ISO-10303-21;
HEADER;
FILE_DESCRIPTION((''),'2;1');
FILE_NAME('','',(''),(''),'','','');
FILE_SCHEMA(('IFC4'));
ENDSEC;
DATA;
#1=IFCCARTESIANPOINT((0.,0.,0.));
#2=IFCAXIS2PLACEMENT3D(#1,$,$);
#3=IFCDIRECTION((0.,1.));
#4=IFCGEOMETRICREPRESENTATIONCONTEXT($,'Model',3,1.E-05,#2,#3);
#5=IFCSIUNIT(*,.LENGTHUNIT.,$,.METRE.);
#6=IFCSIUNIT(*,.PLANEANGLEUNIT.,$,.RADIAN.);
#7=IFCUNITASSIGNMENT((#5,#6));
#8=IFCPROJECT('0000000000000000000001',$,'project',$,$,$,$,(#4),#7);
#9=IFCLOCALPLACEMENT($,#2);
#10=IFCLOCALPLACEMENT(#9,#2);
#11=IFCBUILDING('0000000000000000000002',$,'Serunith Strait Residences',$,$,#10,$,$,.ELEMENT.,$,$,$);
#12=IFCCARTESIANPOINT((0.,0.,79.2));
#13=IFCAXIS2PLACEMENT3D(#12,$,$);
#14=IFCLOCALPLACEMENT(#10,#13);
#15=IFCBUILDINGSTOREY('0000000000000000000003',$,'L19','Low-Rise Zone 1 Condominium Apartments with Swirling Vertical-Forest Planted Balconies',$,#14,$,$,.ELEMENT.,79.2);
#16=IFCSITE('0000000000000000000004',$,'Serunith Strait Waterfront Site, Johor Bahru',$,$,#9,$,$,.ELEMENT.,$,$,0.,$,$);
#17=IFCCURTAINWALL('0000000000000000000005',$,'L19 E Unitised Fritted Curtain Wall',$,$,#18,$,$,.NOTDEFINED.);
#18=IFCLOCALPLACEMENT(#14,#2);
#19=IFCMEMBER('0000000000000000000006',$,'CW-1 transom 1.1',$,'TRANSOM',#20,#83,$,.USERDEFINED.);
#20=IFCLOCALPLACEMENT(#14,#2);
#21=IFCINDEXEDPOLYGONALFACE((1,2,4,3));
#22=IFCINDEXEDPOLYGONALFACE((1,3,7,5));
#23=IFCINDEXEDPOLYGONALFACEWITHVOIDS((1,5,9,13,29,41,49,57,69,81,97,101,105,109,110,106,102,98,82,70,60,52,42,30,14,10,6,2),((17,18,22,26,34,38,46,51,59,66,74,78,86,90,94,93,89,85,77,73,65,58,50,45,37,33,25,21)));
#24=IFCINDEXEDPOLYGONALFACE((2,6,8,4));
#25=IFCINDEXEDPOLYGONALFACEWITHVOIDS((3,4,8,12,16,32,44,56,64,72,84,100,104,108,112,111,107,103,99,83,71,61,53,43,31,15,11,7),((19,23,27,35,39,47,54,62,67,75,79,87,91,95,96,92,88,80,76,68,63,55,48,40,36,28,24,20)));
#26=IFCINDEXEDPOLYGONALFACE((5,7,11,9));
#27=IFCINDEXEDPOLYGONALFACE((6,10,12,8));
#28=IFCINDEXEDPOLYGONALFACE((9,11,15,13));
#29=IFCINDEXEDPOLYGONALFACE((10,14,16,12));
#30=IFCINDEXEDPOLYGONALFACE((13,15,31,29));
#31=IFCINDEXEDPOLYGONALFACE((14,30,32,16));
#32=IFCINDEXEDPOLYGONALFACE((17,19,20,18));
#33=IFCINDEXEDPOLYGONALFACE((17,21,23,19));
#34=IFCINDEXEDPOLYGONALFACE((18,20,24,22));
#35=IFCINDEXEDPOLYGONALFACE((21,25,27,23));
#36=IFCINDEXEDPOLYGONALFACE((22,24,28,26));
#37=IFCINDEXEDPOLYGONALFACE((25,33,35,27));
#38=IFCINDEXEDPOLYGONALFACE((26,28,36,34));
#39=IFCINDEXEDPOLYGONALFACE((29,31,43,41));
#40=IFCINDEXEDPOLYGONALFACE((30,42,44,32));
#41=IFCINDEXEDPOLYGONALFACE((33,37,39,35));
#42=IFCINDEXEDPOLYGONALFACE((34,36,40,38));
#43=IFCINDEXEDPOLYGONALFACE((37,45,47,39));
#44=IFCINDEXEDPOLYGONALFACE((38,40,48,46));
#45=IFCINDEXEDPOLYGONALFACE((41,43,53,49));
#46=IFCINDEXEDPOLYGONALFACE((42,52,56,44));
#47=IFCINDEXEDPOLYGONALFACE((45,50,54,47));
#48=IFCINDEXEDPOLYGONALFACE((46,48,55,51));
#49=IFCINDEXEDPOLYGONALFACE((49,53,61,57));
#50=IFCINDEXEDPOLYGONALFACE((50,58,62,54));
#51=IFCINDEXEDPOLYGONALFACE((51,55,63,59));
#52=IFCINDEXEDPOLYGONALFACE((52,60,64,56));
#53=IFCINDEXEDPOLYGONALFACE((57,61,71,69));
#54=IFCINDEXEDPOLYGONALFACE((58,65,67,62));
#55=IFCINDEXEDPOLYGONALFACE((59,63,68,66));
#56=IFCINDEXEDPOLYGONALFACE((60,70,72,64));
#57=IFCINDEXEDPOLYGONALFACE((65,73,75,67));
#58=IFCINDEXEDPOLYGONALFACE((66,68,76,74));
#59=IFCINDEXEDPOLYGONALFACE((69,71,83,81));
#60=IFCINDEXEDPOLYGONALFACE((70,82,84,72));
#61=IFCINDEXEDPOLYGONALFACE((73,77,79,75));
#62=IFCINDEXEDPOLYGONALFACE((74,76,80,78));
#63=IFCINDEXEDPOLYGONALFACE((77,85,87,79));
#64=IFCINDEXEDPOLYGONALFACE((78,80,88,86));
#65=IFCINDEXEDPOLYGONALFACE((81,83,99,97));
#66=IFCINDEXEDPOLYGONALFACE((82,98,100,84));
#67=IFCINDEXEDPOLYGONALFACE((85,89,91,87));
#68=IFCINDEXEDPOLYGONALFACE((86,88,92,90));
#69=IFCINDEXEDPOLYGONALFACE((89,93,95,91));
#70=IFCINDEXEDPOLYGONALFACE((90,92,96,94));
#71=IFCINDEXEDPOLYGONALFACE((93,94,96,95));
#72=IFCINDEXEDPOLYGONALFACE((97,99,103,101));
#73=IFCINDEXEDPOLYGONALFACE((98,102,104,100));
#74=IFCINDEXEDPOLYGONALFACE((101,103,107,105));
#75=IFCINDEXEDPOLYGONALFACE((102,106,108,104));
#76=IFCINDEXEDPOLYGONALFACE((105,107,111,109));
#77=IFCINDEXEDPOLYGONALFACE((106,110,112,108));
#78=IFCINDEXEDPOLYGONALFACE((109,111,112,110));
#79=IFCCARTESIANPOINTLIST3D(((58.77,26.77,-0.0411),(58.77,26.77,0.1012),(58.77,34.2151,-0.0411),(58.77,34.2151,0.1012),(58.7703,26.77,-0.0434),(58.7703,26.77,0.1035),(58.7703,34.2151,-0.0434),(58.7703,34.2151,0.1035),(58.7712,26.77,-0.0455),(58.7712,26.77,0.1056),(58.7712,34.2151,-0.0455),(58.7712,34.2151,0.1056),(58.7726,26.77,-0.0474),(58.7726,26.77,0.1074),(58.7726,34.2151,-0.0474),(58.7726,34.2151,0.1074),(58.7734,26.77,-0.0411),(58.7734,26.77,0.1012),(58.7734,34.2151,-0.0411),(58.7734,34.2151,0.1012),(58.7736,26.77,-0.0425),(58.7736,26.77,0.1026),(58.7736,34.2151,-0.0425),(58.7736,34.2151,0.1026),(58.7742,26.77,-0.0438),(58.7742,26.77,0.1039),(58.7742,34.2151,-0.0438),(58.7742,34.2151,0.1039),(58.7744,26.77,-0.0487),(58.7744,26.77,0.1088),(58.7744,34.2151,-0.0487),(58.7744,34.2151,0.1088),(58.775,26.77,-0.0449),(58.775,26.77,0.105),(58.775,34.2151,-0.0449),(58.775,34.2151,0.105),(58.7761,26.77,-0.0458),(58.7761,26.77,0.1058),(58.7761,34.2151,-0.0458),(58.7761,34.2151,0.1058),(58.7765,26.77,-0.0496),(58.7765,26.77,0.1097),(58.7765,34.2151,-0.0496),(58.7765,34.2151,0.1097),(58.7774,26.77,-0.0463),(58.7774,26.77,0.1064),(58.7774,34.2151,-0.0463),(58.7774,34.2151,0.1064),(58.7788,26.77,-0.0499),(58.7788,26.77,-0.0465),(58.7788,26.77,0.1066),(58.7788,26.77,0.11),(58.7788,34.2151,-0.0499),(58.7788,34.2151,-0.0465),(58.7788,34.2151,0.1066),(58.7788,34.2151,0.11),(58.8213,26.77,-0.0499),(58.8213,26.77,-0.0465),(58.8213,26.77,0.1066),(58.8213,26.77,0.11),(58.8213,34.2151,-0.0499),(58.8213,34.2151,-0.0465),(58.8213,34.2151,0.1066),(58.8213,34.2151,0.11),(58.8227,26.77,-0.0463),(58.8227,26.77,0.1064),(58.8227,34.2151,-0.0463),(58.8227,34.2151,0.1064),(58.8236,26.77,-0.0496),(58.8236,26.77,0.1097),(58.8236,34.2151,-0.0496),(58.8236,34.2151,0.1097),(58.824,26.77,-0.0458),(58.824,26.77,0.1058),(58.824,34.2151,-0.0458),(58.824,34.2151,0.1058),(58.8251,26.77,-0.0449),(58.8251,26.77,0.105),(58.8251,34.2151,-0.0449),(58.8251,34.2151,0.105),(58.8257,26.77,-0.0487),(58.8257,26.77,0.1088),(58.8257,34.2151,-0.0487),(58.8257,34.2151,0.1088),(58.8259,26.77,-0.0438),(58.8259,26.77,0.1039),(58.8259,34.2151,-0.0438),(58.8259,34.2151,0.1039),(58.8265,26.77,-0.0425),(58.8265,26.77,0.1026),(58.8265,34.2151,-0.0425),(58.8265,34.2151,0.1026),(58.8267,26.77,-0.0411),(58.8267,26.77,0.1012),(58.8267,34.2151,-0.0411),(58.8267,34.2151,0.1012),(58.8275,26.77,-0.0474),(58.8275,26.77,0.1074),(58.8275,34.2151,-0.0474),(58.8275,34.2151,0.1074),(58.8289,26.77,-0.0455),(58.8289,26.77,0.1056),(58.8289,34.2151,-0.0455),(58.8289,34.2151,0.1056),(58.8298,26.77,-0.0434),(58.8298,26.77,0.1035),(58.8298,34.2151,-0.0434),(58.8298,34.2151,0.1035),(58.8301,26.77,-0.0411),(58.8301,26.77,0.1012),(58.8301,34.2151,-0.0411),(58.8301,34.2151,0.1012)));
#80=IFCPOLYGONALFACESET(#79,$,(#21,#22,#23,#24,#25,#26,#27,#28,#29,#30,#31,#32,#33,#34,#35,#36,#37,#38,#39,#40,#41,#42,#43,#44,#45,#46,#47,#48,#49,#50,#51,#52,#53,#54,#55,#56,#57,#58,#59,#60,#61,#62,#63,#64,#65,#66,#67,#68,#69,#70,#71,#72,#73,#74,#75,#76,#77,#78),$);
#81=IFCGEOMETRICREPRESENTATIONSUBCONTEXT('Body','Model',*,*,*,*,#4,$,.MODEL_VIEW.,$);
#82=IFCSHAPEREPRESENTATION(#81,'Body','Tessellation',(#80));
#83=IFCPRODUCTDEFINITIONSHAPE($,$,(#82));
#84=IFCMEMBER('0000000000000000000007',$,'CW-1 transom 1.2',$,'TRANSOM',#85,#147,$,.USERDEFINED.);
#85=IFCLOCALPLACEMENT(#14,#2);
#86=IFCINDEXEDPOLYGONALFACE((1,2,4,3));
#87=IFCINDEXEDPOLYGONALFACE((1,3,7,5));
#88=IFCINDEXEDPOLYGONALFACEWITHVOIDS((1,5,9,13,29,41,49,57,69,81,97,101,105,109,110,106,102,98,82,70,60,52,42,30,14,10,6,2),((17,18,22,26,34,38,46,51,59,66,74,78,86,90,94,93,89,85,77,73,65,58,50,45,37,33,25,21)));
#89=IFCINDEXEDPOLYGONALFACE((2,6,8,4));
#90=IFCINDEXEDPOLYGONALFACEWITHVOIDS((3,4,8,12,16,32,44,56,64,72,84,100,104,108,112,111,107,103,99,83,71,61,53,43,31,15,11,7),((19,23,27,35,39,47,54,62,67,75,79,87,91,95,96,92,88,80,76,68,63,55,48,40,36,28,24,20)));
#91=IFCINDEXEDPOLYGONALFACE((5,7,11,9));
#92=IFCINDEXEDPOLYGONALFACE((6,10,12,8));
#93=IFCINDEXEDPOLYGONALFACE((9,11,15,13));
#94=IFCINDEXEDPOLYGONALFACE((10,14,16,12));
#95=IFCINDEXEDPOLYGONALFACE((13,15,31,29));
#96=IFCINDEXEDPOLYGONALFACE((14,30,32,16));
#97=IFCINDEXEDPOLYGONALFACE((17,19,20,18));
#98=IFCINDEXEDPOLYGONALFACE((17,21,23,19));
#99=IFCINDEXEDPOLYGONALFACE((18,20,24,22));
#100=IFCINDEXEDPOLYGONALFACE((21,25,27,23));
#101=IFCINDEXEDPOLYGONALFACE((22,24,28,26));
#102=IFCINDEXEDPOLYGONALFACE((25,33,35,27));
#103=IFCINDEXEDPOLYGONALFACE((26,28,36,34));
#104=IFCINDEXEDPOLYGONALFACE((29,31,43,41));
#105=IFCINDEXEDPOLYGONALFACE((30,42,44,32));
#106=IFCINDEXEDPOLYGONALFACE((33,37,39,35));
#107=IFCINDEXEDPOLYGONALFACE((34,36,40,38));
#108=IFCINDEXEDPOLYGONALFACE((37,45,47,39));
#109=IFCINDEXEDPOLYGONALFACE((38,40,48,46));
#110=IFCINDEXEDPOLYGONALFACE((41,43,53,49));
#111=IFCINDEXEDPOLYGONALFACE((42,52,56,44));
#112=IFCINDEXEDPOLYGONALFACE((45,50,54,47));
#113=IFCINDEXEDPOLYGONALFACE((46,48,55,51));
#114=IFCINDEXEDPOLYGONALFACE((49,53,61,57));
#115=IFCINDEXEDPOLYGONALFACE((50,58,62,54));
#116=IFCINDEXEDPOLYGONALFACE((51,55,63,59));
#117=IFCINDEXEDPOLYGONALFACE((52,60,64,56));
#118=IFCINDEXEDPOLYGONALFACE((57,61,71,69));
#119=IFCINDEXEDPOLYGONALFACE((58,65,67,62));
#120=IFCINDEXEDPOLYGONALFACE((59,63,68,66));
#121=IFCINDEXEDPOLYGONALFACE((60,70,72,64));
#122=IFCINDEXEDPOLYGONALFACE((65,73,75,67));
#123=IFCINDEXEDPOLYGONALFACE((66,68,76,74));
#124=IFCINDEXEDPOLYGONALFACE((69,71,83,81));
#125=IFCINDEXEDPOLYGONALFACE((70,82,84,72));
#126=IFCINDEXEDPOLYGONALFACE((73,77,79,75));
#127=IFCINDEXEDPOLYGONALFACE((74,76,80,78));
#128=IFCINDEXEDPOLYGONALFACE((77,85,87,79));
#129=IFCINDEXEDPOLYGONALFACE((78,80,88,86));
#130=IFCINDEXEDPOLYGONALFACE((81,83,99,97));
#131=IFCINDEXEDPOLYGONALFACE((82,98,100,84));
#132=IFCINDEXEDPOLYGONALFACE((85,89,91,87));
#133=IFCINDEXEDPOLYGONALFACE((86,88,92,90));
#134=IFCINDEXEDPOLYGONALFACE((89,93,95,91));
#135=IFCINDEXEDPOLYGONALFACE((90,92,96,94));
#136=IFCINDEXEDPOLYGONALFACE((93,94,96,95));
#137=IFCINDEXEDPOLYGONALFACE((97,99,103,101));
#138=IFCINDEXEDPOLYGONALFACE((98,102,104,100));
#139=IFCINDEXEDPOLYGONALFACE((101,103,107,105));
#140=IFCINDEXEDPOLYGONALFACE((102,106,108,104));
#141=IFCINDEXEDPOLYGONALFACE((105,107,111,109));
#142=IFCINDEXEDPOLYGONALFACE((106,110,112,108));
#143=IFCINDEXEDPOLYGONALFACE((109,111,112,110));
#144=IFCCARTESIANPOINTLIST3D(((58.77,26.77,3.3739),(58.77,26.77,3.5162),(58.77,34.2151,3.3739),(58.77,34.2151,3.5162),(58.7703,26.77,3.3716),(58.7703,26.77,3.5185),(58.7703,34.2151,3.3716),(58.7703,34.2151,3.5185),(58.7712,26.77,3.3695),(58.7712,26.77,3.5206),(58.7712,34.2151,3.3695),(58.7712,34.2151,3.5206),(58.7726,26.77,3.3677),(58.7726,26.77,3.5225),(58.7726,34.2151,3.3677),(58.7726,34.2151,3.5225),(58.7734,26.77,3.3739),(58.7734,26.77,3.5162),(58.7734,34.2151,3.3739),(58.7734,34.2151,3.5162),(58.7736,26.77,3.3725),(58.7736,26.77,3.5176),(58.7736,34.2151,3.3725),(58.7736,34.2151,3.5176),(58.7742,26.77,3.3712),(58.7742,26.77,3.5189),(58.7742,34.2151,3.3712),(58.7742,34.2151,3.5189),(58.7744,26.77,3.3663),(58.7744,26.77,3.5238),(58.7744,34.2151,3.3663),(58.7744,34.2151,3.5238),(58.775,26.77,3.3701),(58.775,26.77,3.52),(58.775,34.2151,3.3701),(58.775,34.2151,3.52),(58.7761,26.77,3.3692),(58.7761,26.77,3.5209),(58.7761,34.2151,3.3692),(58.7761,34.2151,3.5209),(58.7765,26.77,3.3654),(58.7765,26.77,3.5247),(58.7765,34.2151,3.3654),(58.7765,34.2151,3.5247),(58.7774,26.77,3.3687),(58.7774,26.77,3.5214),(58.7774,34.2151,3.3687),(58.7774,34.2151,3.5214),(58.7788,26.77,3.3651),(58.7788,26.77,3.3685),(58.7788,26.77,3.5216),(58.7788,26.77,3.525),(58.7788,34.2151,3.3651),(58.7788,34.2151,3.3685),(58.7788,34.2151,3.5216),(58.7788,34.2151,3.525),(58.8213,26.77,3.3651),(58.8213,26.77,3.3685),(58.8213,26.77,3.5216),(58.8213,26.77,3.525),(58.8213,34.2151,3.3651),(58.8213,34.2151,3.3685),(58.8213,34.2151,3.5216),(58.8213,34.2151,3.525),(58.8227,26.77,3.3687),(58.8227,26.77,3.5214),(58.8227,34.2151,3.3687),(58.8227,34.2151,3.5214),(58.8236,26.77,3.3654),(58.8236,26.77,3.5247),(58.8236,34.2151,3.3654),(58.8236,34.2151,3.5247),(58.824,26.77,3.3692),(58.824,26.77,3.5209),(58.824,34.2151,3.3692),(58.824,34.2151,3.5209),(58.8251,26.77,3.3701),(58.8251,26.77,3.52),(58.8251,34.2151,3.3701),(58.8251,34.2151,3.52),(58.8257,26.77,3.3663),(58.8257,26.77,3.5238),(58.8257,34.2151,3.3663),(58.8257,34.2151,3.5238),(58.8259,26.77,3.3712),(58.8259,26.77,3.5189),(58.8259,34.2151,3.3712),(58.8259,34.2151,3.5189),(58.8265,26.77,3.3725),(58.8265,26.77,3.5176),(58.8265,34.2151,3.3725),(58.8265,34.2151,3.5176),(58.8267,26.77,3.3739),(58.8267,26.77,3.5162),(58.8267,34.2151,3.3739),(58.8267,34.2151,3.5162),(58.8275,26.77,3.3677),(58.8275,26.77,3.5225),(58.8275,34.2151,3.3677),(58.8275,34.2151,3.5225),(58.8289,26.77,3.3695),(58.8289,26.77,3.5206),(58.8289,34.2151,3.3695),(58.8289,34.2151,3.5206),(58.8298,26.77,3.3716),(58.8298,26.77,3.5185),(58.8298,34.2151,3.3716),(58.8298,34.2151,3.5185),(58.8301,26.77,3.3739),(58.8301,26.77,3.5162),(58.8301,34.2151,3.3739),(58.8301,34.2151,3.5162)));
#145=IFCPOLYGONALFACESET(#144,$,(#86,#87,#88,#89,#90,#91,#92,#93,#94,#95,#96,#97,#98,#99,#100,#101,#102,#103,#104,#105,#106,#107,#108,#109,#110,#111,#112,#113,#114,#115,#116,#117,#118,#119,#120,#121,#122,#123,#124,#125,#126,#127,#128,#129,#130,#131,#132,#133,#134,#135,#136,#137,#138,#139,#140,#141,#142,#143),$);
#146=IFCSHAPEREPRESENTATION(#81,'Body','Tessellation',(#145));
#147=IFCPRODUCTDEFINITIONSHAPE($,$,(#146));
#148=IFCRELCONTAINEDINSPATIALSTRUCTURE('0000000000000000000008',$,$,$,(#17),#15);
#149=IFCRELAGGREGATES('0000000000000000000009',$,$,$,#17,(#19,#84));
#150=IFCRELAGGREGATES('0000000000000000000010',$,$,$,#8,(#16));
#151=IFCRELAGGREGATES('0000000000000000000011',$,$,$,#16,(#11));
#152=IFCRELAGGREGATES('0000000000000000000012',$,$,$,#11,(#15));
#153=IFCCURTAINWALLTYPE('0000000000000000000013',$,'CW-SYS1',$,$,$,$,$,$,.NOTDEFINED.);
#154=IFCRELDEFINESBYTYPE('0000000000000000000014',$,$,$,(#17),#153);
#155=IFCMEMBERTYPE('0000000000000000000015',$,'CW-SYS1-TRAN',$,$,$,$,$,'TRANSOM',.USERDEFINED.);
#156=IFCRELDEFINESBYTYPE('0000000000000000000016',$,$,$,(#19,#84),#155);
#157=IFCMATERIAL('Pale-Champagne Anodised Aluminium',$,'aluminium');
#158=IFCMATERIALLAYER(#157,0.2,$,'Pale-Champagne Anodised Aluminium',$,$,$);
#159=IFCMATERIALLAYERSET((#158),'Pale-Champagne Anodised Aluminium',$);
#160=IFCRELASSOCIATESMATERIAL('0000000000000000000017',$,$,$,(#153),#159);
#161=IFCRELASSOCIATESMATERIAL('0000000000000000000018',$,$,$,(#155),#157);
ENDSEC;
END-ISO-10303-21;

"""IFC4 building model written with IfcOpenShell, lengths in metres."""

from ifc_helpers import new_model, si_unit, direction, frame, origin, origin_2d, place, context, subcontext, project, spatial, hollow_rectangle, extrude, source, transform, mapped, material, layer, layer_set, material_profile, profile_set, type_object, element, aggregate, save


model = new_model("IFC4")

# Units and contexts
model_context = context("Model", 3, precision=1e-05, world=origin(), true_north=direction((0.0, 1.0)))
body_context = subcontext(model_context, "Body", "Model", "MODEL_VIEW")
ifc_project = project(units=[si_unit("LENGTHUNIT", "METRE"), si_unit("PLANEANGLEUNIT", "RADIAN")], contexts=[model_context])

# Site, building, storey
site_placement = place(None, origin())
site = spatial("IfcSite", under=ifc_project, at=site_placement, Name="Serunith Strait Waterfront Site, Johor Bahru", CompositionType="ELEMENT", RefElevation=0.0)
building_placement = place(site_placement, origin())
building = spatial("IfcBuilding", under=site, at=building_placement, Name="Serunith Strait Residences", CompositionType="ELEMENT")
storey_placement = place(building_placement, frame((0.0, 0.0, 79.2)))
storey = spatial("IfcBuildingStorey", under=building, at=storey_placement, Name="L19", Description="Low-Rise Zone 1 Condominium Apartments with Swirling Vertical-Forest Planted Balconies", CompositionType="ELEMENT", Elevation=79.2)

# Curtain wall, members
ifc_material_1 = material(Name="Pale-Champagne Anodised Aluminium", Category="aluminium")
ifc_layer_1 = layer(ifc_material_1, 0.2, Name="Pale-Champagne Anodised Aluminium")
ifc_layer_set_1 = layer_set([ifc_layer_1], Name="Pale-Champagne Anodised Aluminium")
curtain_wall_type = type_object("IfcCurtainWallType", Name="CW-SYS1", PredefinedType="NOTDEFINED", material=ifc_layer_set_1)
curtain_wall_placement = place(storey_placement, origin())
curtain_wall = element("IfcCurtainWall", 1, at=curtain_wall_placement, inside=storey, type_object=curtain_wall_type, Name="L19 E Unitised Fritted Curtain Wall", PredefinedType="NOTDEFINED")
ifc_material_profile_1 = material_profile(ifc_material_1, hollow_rectangle(XDim=0.0601, YDim=0.1599, WallThickness=0.0034, InnerFilletRadius=0.0054, OuterFilletRadius=0.0088, at=origin_2d()), Name="ALU 160x60x3.5")
ifc_profile_set_1 = profile_set([ifc_material_profile_1], Name="Pale-Champagne Anodised Aluminium")
member_type_1 = type_object("IfcMemberType", Name="CW-SYS1-TRAN", ElementType="TRANSOM", PredefinedType="USERDEFINED", material=ifc_profile_set_1)
shared_shape_1 = source(origin(), body_context, "Body", "SweptSolid", [
    extrude(hollow_rectangle(XDim=0.0601, YDim=0.1599, WallThickness=0.0034, InnerFilletRadius=0.0054, OuterFilletRadius=0.0088, at=origin_2d()), origin(), (0.0, 0.0, 1.0), 7.4451),
])
member_1_placement = place(storey_placement, frame((58.8, 26.77, 0.03), z_axis=(0.0, 1.0, 0.0), x_axis=(-1.0, 0.0, 0.0)))
member_1 = element("IfcMember", 2, at=member_1_placement, type_object=member_type_1, Name="CW-1 transom 1.1", ObjectType="TRANSOM", PredefinedType="USERDEFINED", context=body_context, shape_type="MappedRepresentation", body=[
    mapped(shared_shape_1, transform((0.0, 0.0, 0.0), scale=1.0)),
])
member_2_placement = place(storey_placement, frame((58.8, 26.77, 3.4451), z_axis=(0.0, 1.0, 0.0), x_axis=(-1.0, 0.0, 0.0)))
member_2 = element("IfcMember", 3, at=member_2_placement, type_object=member_type_1, Name="CW-1 transom 1.2", ObjectType="TRANSOM", PredefinedType="USERDEFINED", context=body_context, shape_type="MappedRepresentation", body=[
    mapped(shared_shape_1, transform((0.0, 0.0, 0.0), scale=1.0)),
])
aggregate(curtain_wall, [member_1, member_2])

save(model, "model.ifc")
